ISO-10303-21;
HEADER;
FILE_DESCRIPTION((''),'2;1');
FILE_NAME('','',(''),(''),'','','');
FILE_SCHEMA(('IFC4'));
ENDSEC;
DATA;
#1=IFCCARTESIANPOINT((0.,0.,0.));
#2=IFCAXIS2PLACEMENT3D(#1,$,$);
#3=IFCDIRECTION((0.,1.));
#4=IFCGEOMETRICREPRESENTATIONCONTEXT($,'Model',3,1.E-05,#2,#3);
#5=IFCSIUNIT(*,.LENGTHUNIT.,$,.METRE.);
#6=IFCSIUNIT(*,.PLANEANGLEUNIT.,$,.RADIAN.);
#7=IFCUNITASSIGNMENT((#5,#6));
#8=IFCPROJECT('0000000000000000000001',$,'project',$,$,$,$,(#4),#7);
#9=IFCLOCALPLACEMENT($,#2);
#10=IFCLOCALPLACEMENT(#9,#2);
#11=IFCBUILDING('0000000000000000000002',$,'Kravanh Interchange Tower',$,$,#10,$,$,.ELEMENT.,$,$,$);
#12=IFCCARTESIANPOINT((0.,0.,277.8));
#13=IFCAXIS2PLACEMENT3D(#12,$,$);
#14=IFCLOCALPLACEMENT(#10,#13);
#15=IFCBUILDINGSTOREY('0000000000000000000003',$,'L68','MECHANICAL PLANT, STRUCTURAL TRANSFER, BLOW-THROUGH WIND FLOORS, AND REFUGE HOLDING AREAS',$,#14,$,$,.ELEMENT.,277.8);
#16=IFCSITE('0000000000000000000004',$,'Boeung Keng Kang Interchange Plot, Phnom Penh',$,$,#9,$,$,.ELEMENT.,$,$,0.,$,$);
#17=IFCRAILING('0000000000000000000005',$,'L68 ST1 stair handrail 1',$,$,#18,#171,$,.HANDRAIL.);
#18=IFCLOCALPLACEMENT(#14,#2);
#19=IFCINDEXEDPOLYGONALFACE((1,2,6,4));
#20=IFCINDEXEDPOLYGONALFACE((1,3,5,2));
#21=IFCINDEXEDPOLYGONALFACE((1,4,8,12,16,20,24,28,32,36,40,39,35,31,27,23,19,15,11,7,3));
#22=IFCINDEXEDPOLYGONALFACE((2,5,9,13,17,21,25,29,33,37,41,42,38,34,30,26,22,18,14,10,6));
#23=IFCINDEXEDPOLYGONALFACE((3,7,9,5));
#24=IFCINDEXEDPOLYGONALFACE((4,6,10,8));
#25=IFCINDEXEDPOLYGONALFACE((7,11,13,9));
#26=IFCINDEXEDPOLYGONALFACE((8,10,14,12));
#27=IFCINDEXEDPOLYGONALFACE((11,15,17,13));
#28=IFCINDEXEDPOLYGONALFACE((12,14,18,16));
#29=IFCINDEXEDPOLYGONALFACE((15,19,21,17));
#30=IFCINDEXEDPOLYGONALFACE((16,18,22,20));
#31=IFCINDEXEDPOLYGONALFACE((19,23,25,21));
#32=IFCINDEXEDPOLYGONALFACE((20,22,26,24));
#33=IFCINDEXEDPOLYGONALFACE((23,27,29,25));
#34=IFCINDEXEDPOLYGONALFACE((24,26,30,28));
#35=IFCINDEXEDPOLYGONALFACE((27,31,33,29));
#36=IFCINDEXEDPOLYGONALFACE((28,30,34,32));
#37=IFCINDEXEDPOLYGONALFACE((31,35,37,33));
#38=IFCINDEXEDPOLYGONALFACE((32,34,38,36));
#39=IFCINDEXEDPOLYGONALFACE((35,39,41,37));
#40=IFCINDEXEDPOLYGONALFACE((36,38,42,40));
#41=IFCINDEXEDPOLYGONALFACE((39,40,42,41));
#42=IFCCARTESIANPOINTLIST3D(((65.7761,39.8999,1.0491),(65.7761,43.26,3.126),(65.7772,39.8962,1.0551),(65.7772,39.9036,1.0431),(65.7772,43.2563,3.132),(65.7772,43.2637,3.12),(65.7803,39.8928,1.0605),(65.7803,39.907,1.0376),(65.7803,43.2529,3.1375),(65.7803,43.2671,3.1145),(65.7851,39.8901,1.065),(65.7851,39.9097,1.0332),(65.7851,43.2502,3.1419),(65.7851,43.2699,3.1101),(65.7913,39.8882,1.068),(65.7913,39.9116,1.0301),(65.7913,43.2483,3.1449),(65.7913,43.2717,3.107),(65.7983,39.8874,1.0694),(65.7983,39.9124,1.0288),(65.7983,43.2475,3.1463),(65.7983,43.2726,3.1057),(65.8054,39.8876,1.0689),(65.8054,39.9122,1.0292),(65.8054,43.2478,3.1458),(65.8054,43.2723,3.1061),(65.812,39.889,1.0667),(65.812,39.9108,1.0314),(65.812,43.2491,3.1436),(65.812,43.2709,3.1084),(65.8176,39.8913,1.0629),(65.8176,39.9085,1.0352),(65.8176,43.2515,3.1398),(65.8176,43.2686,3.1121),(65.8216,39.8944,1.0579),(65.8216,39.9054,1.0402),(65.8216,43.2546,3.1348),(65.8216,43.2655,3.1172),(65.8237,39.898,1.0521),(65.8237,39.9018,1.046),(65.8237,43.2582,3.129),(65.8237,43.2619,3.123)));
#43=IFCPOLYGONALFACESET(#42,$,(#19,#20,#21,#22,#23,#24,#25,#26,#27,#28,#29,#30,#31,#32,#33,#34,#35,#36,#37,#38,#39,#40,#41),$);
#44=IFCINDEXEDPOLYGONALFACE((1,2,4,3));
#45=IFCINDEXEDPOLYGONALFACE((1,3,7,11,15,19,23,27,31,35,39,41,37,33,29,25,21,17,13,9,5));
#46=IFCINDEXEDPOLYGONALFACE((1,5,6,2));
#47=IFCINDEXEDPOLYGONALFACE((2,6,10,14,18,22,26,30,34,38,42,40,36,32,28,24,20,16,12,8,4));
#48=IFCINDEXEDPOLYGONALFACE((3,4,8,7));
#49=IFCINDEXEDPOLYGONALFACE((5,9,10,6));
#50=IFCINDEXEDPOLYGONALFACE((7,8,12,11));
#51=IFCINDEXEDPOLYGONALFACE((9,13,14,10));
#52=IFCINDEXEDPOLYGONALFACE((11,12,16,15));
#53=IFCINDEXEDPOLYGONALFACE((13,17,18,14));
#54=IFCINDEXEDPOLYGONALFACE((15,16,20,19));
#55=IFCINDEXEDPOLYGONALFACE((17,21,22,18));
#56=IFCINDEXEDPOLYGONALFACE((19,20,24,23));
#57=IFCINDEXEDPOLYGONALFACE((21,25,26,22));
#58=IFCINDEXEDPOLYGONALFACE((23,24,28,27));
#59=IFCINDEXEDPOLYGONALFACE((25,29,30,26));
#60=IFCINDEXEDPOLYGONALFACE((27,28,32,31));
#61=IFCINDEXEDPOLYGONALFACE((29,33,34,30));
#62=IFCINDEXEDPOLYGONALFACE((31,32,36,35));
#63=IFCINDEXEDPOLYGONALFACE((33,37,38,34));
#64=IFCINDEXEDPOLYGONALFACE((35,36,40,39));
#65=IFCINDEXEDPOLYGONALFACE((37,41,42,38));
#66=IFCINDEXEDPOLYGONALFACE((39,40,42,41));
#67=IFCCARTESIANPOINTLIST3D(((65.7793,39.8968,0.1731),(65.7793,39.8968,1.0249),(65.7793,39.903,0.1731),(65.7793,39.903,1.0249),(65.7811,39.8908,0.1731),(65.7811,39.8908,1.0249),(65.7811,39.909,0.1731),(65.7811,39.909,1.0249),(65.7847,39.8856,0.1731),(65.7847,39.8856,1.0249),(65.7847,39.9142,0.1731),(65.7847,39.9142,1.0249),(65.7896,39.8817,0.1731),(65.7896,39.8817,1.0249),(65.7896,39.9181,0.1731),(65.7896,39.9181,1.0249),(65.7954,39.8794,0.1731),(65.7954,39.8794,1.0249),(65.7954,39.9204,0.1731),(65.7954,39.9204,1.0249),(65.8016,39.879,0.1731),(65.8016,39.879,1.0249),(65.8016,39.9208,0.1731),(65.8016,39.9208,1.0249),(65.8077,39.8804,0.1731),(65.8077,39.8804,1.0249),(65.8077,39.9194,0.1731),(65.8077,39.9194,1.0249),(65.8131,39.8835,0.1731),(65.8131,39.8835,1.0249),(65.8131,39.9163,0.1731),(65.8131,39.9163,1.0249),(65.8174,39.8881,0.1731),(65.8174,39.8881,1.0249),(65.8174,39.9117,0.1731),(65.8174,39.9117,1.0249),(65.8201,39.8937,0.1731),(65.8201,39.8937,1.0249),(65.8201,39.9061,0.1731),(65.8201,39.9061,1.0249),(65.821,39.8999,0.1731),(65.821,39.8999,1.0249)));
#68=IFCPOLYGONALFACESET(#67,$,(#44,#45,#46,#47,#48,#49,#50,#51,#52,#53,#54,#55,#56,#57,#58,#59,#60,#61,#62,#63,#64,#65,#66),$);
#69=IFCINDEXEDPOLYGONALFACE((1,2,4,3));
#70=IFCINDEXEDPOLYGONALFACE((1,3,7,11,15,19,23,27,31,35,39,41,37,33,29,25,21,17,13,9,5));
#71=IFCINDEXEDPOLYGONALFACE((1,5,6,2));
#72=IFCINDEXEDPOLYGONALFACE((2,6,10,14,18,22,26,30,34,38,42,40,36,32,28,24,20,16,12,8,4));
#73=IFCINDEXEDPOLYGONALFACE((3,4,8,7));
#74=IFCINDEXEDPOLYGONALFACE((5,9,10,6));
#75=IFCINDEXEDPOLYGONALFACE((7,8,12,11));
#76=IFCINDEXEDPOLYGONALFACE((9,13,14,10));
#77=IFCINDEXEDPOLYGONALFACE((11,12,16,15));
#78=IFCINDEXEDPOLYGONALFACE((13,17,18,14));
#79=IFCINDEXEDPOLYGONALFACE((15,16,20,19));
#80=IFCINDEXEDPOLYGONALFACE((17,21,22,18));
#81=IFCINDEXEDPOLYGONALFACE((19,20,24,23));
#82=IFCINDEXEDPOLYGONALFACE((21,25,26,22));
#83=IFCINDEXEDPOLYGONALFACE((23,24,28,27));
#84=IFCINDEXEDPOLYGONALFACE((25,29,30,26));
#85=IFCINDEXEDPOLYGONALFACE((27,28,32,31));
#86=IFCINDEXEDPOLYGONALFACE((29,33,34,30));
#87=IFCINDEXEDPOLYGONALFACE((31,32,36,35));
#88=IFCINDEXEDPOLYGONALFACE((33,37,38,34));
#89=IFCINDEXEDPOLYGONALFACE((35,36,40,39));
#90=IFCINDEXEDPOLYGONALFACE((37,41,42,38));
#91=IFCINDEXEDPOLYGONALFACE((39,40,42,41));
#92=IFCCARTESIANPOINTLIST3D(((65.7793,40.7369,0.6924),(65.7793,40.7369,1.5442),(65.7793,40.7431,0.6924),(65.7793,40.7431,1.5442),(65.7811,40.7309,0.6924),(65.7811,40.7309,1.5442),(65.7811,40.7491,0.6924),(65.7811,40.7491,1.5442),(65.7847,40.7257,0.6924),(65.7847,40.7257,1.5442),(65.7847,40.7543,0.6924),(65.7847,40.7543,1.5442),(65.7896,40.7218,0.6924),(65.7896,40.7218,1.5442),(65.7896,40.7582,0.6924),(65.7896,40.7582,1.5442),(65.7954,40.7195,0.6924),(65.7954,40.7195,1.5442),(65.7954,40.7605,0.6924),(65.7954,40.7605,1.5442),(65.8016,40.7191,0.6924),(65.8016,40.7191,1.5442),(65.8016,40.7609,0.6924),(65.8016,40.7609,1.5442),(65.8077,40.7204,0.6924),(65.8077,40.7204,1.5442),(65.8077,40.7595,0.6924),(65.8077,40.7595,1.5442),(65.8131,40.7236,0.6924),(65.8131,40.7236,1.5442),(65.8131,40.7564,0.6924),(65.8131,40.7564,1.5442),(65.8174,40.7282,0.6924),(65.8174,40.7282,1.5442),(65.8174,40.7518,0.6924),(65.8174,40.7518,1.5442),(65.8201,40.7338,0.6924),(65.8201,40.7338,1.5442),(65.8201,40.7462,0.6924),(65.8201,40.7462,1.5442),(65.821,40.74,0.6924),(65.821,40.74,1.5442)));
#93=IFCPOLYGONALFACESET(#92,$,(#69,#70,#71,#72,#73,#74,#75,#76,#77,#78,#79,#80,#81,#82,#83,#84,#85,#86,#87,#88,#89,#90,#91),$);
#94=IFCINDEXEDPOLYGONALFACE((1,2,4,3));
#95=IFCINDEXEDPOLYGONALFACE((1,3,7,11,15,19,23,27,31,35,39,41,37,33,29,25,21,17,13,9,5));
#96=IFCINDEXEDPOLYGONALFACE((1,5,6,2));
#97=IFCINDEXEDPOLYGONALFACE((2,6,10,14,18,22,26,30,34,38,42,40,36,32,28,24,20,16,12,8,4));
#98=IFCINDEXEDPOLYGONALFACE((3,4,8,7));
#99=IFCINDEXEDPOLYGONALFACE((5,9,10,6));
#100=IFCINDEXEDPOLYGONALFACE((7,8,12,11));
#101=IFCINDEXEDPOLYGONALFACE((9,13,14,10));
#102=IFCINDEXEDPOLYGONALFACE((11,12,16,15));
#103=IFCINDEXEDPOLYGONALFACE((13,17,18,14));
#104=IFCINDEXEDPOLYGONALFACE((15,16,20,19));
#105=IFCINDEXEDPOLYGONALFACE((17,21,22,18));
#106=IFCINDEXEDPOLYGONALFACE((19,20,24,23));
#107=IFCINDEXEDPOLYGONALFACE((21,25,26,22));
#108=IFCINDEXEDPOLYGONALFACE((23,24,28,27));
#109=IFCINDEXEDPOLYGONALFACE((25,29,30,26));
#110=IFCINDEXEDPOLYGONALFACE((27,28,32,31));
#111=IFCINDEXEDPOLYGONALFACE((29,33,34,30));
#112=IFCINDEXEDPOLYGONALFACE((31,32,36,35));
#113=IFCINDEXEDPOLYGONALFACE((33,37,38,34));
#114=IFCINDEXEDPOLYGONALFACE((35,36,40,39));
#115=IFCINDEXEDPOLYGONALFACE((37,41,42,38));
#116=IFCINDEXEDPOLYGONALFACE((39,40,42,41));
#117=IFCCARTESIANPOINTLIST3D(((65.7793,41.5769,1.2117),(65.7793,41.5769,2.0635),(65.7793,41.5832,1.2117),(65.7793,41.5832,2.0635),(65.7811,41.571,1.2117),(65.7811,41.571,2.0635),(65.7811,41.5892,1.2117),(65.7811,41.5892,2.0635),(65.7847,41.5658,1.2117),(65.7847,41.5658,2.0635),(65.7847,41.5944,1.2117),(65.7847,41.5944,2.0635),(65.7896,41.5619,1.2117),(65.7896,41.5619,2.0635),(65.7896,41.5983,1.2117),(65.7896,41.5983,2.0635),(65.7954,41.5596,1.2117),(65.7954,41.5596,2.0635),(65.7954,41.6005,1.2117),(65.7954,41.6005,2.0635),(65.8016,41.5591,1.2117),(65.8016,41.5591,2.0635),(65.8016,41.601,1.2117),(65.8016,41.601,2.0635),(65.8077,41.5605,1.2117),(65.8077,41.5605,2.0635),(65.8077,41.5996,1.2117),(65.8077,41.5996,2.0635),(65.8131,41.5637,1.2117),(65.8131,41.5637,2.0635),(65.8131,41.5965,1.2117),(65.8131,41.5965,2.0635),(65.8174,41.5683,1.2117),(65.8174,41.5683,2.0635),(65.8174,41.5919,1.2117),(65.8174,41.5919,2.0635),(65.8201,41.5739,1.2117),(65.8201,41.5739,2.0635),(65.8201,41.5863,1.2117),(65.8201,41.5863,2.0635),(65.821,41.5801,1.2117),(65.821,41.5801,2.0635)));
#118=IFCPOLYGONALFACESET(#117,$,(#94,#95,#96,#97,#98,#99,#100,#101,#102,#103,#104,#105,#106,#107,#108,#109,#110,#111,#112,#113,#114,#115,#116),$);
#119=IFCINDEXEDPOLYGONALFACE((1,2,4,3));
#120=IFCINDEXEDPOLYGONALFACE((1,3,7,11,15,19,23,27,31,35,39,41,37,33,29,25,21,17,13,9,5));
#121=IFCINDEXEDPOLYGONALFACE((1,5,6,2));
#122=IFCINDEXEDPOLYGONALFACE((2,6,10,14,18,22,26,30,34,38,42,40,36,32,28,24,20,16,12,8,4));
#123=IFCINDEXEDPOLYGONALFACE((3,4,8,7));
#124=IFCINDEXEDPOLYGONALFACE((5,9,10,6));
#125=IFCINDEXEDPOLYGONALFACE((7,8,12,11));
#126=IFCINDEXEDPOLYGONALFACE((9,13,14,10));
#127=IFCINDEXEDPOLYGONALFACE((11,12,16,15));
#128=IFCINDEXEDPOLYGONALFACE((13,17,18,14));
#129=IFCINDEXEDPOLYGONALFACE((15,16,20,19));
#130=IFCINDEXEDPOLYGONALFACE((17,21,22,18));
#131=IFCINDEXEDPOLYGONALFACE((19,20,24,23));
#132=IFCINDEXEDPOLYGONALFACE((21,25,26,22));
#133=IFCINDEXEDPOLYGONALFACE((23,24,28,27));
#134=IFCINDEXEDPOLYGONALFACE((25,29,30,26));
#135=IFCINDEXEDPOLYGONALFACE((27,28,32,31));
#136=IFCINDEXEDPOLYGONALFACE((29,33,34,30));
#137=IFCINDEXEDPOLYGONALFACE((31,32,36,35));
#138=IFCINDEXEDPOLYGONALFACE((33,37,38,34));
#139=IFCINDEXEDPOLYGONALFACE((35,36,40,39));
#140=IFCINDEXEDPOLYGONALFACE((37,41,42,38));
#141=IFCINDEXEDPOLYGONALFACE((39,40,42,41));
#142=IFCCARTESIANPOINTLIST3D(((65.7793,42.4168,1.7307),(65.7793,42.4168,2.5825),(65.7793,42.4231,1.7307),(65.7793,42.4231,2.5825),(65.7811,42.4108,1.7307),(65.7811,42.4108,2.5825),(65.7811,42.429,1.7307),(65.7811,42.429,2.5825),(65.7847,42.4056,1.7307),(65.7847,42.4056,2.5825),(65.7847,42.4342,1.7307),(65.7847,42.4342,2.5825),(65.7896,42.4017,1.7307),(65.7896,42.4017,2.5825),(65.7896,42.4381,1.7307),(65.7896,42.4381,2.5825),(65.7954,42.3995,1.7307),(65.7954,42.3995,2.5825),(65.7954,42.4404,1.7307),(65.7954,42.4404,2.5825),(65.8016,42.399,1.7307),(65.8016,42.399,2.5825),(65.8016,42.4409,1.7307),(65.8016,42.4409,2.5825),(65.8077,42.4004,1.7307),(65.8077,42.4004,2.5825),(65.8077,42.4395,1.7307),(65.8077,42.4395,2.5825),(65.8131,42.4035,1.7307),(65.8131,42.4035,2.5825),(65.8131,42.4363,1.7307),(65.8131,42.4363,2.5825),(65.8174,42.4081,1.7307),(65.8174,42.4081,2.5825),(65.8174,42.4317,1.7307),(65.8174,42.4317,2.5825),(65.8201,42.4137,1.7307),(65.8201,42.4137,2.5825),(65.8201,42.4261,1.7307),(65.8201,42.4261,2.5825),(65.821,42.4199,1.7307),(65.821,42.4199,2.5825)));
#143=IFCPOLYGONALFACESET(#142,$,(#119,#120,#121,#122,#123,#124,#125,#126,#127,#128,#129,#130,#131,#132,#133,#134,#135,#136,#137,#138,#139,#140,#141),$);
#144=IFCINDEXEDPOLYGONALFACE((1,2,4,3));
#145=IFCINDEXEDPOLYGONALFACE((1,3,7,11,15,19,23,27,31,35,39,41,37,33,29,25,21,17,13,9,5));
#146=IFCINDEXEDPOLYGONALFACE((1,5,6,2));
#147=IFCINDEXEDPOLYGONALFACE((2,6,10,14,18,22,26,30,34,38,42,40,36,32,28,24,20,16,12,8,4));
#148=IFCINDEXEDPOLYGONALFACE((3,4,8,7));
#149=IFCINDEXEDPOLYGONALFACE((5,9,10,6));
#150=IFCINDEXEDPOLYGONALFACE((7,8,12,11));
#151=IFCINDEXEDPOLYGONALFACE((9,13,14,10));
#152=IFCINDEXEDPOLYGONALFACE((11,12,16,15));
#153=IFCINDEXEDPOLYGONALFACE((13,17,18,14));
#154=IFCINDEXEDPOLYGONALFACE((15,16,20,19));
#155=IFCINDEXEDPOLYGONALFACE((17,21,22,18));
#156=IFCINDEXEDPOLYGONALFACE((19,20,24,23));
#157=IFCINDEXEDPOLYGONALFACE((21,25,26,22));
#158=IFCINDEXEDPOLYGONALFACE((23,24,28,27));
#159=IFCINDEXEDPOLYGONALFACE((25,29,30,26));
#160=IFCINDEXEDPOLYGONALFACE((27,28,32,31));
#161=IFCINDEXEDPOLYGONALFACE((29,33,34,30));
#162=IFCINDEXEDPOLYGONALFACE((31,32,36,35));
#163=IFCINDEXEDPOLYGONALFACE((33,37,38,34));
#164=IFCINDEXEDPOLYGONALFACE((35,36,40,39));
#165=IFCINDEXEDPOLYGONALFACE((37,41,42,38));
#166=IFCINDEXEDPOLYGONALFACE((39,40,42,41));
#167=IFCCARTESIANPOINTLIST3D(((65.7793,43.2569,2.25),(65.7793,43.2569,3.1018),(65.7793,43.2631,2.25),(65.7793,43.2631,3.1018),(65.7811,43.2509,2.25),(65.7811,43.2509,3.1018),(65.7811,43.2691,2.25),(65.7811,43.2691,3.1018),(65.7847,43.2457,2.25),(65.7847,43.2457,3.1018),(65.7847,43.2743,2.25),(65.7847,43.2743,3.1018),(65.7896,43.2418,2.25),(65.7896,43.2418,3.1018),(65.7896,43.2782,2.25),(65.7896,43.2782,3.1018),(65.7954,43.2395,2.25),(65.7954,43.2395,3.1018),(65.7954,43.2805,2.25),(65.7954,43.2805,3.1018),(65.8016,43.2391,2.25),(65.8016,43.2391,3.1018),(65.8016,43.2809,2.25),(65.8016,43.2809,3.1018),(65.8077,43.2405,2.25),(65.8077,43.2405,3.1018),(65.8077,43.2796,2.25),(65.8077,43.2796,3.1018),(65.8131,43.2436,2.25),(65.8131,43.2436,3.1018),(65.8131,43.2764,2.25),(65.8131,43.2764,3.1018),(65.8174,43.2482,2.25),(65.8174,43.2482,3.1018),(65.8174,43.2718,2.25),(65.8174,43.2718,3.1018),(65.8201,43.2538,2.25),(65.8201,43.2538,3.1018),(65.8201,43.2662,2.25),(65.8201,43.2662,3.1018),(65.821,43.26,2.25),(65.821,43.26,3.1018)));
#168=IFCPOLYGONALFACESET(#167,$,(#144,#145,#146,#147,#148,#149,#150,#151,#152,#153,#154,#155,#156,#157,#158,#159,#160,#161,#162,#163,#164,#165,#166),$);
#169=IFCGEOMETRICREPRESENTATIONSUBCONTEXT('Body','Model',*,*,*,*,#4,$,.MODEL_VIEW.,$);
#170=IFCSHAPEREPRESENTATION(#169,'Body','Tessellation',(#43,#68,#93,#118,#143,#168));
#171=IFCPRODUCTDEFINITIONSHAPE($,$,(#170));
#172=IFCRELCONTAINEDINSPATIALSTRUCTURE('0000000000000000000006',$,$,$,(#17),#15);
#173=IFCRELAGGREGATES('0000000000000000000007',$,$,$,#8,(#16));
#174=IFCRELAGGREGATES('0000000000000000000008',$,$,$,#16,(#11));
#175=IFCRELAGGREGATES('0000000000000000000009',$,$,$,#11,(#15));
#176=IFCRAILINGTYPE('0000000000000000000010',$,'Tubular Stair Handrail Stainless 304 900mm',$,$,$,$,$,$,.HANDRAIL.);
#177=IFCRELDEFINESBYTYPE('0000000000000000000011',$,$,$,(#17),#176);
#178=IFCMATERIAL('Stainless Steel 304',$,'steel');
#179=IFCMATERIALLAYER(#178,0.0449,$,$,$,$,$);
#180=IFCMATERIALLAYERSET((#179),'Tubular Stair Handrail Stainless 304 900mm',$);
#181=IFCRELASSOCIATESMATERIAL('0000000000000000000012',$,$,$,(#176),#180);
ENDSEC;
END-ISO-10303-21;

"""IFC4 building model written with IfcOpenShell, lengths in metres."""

from ifc_helpers import new_model, si_unit, direction, frame, origin, origin_2d, place, context, subcontext, project, spatial, circle, extrude, material, layer, layer_set, type_object, element, save


model = new_model("IFC4")

# Units and contexts
model_context = context("Model", 3, precision=1e-05, world=origin(), true_north=direction((0.0, 1.0)))
body_context = subcontext(model_context, "Body", "Model", "MODEL_VIEW")
ifc_project = project(units=[si_unit("LENGTHUNIT", "METRE"), si_unit("PLANEANGLEUNIT", "RADIAN")], contexts=[model_context])

# Site, building, storey
site_placement = place(None, origin())
site = spatial("IfcSite", under=ifc_project, at=site_placement, Name="Boeung Keng Kang Interchange Plot, Phnom Penh", CompositionType="ELEMENT", RefElevation=0.0)
building_placement = place(site_placement, origin())
building = spatial("IfcBuilding", under=site, at=building_placement, Name="Kravanh Interchange Tower", CompositionType="ELEMENT")
storey_placement = place(building_placement, frame((0.0, 0.0, 277.8)))
storey = spatial("IfcBuildingStorey", under=building, at=storey_placement, Name="L68", Description="MECHANICAL PLANT, STRUCTURAL TRANSFER, BLOW-THROUGH WIND FLOORS, AND REFUGE HOLDING AREAS", CompositionType="ELEMENT", Elevation=277.8)

# Railing
ifc_material_1 = material(Name="Stainless Steel 304", Category="steel")
ifc_layer_1 = layer(ifc_material_1, 0.0449)
ifc_layer_set_1 = layer_set([ifc_layer_1], Name="Tubular Stair Handrail Stainless 304 900mm")
railing_type_1 = type_object("IfcRailingType", Name="Tubular Stair Handrail Stainless 304 900mm", PredefinedType="HANDRAIL", material=ifc_layer_set_1)
railing_1_placement = place(storey_placement, frame((65.8, 39.8999, 0.1731)))
element("IfcRailing", 1, at=railing_1_placement, inside=storey, type_object=railing_type_1, Name="L68 ST1 stair handrail 1", PredefinedType="HANDRAIL", context=body_context, shape_type="SweptSolid", body=[
    extrude(circle(Radius=0.0239, at=origin_2d()), frame((0.0, 0.0, 0.876), z_axis=(0.0, 0.850623, 0.525776), x_axis=(-1.0, 0.0, 0.0)), (0.0, 0.0, 1.0), 3.9502),
    extrude(circle(Radius=0.021, at=origin_2d()), origin(), (0.0, 0.0, 1.0), 0.8518),
    extrude(circle(Radius=0.021, at=origin_2d()), frame((0.0, 0.8401, 0.5193)), (0.0, 0.0, 1.0), 0.8518),
    extrude(circle(Radius=0.021, at=origin_2d()), frame((0.0, 1.6802, 1.0386)), (0.0, 0.0, 1.0), 0.8518),
    extrude(circle(Radius=0.021, at=origin_2d()), frame((0.0, 2.52, 1.5576)), (0.0, 0.0, 1.0), 0.8518),
    extrude(circle(Radius=0.021, at=origin_2d()), frame((0.0, 3.3601, 2.0769)), (0.0, 0.0, 1.0), 0.8518),
])

save(model, "model.ifc")
